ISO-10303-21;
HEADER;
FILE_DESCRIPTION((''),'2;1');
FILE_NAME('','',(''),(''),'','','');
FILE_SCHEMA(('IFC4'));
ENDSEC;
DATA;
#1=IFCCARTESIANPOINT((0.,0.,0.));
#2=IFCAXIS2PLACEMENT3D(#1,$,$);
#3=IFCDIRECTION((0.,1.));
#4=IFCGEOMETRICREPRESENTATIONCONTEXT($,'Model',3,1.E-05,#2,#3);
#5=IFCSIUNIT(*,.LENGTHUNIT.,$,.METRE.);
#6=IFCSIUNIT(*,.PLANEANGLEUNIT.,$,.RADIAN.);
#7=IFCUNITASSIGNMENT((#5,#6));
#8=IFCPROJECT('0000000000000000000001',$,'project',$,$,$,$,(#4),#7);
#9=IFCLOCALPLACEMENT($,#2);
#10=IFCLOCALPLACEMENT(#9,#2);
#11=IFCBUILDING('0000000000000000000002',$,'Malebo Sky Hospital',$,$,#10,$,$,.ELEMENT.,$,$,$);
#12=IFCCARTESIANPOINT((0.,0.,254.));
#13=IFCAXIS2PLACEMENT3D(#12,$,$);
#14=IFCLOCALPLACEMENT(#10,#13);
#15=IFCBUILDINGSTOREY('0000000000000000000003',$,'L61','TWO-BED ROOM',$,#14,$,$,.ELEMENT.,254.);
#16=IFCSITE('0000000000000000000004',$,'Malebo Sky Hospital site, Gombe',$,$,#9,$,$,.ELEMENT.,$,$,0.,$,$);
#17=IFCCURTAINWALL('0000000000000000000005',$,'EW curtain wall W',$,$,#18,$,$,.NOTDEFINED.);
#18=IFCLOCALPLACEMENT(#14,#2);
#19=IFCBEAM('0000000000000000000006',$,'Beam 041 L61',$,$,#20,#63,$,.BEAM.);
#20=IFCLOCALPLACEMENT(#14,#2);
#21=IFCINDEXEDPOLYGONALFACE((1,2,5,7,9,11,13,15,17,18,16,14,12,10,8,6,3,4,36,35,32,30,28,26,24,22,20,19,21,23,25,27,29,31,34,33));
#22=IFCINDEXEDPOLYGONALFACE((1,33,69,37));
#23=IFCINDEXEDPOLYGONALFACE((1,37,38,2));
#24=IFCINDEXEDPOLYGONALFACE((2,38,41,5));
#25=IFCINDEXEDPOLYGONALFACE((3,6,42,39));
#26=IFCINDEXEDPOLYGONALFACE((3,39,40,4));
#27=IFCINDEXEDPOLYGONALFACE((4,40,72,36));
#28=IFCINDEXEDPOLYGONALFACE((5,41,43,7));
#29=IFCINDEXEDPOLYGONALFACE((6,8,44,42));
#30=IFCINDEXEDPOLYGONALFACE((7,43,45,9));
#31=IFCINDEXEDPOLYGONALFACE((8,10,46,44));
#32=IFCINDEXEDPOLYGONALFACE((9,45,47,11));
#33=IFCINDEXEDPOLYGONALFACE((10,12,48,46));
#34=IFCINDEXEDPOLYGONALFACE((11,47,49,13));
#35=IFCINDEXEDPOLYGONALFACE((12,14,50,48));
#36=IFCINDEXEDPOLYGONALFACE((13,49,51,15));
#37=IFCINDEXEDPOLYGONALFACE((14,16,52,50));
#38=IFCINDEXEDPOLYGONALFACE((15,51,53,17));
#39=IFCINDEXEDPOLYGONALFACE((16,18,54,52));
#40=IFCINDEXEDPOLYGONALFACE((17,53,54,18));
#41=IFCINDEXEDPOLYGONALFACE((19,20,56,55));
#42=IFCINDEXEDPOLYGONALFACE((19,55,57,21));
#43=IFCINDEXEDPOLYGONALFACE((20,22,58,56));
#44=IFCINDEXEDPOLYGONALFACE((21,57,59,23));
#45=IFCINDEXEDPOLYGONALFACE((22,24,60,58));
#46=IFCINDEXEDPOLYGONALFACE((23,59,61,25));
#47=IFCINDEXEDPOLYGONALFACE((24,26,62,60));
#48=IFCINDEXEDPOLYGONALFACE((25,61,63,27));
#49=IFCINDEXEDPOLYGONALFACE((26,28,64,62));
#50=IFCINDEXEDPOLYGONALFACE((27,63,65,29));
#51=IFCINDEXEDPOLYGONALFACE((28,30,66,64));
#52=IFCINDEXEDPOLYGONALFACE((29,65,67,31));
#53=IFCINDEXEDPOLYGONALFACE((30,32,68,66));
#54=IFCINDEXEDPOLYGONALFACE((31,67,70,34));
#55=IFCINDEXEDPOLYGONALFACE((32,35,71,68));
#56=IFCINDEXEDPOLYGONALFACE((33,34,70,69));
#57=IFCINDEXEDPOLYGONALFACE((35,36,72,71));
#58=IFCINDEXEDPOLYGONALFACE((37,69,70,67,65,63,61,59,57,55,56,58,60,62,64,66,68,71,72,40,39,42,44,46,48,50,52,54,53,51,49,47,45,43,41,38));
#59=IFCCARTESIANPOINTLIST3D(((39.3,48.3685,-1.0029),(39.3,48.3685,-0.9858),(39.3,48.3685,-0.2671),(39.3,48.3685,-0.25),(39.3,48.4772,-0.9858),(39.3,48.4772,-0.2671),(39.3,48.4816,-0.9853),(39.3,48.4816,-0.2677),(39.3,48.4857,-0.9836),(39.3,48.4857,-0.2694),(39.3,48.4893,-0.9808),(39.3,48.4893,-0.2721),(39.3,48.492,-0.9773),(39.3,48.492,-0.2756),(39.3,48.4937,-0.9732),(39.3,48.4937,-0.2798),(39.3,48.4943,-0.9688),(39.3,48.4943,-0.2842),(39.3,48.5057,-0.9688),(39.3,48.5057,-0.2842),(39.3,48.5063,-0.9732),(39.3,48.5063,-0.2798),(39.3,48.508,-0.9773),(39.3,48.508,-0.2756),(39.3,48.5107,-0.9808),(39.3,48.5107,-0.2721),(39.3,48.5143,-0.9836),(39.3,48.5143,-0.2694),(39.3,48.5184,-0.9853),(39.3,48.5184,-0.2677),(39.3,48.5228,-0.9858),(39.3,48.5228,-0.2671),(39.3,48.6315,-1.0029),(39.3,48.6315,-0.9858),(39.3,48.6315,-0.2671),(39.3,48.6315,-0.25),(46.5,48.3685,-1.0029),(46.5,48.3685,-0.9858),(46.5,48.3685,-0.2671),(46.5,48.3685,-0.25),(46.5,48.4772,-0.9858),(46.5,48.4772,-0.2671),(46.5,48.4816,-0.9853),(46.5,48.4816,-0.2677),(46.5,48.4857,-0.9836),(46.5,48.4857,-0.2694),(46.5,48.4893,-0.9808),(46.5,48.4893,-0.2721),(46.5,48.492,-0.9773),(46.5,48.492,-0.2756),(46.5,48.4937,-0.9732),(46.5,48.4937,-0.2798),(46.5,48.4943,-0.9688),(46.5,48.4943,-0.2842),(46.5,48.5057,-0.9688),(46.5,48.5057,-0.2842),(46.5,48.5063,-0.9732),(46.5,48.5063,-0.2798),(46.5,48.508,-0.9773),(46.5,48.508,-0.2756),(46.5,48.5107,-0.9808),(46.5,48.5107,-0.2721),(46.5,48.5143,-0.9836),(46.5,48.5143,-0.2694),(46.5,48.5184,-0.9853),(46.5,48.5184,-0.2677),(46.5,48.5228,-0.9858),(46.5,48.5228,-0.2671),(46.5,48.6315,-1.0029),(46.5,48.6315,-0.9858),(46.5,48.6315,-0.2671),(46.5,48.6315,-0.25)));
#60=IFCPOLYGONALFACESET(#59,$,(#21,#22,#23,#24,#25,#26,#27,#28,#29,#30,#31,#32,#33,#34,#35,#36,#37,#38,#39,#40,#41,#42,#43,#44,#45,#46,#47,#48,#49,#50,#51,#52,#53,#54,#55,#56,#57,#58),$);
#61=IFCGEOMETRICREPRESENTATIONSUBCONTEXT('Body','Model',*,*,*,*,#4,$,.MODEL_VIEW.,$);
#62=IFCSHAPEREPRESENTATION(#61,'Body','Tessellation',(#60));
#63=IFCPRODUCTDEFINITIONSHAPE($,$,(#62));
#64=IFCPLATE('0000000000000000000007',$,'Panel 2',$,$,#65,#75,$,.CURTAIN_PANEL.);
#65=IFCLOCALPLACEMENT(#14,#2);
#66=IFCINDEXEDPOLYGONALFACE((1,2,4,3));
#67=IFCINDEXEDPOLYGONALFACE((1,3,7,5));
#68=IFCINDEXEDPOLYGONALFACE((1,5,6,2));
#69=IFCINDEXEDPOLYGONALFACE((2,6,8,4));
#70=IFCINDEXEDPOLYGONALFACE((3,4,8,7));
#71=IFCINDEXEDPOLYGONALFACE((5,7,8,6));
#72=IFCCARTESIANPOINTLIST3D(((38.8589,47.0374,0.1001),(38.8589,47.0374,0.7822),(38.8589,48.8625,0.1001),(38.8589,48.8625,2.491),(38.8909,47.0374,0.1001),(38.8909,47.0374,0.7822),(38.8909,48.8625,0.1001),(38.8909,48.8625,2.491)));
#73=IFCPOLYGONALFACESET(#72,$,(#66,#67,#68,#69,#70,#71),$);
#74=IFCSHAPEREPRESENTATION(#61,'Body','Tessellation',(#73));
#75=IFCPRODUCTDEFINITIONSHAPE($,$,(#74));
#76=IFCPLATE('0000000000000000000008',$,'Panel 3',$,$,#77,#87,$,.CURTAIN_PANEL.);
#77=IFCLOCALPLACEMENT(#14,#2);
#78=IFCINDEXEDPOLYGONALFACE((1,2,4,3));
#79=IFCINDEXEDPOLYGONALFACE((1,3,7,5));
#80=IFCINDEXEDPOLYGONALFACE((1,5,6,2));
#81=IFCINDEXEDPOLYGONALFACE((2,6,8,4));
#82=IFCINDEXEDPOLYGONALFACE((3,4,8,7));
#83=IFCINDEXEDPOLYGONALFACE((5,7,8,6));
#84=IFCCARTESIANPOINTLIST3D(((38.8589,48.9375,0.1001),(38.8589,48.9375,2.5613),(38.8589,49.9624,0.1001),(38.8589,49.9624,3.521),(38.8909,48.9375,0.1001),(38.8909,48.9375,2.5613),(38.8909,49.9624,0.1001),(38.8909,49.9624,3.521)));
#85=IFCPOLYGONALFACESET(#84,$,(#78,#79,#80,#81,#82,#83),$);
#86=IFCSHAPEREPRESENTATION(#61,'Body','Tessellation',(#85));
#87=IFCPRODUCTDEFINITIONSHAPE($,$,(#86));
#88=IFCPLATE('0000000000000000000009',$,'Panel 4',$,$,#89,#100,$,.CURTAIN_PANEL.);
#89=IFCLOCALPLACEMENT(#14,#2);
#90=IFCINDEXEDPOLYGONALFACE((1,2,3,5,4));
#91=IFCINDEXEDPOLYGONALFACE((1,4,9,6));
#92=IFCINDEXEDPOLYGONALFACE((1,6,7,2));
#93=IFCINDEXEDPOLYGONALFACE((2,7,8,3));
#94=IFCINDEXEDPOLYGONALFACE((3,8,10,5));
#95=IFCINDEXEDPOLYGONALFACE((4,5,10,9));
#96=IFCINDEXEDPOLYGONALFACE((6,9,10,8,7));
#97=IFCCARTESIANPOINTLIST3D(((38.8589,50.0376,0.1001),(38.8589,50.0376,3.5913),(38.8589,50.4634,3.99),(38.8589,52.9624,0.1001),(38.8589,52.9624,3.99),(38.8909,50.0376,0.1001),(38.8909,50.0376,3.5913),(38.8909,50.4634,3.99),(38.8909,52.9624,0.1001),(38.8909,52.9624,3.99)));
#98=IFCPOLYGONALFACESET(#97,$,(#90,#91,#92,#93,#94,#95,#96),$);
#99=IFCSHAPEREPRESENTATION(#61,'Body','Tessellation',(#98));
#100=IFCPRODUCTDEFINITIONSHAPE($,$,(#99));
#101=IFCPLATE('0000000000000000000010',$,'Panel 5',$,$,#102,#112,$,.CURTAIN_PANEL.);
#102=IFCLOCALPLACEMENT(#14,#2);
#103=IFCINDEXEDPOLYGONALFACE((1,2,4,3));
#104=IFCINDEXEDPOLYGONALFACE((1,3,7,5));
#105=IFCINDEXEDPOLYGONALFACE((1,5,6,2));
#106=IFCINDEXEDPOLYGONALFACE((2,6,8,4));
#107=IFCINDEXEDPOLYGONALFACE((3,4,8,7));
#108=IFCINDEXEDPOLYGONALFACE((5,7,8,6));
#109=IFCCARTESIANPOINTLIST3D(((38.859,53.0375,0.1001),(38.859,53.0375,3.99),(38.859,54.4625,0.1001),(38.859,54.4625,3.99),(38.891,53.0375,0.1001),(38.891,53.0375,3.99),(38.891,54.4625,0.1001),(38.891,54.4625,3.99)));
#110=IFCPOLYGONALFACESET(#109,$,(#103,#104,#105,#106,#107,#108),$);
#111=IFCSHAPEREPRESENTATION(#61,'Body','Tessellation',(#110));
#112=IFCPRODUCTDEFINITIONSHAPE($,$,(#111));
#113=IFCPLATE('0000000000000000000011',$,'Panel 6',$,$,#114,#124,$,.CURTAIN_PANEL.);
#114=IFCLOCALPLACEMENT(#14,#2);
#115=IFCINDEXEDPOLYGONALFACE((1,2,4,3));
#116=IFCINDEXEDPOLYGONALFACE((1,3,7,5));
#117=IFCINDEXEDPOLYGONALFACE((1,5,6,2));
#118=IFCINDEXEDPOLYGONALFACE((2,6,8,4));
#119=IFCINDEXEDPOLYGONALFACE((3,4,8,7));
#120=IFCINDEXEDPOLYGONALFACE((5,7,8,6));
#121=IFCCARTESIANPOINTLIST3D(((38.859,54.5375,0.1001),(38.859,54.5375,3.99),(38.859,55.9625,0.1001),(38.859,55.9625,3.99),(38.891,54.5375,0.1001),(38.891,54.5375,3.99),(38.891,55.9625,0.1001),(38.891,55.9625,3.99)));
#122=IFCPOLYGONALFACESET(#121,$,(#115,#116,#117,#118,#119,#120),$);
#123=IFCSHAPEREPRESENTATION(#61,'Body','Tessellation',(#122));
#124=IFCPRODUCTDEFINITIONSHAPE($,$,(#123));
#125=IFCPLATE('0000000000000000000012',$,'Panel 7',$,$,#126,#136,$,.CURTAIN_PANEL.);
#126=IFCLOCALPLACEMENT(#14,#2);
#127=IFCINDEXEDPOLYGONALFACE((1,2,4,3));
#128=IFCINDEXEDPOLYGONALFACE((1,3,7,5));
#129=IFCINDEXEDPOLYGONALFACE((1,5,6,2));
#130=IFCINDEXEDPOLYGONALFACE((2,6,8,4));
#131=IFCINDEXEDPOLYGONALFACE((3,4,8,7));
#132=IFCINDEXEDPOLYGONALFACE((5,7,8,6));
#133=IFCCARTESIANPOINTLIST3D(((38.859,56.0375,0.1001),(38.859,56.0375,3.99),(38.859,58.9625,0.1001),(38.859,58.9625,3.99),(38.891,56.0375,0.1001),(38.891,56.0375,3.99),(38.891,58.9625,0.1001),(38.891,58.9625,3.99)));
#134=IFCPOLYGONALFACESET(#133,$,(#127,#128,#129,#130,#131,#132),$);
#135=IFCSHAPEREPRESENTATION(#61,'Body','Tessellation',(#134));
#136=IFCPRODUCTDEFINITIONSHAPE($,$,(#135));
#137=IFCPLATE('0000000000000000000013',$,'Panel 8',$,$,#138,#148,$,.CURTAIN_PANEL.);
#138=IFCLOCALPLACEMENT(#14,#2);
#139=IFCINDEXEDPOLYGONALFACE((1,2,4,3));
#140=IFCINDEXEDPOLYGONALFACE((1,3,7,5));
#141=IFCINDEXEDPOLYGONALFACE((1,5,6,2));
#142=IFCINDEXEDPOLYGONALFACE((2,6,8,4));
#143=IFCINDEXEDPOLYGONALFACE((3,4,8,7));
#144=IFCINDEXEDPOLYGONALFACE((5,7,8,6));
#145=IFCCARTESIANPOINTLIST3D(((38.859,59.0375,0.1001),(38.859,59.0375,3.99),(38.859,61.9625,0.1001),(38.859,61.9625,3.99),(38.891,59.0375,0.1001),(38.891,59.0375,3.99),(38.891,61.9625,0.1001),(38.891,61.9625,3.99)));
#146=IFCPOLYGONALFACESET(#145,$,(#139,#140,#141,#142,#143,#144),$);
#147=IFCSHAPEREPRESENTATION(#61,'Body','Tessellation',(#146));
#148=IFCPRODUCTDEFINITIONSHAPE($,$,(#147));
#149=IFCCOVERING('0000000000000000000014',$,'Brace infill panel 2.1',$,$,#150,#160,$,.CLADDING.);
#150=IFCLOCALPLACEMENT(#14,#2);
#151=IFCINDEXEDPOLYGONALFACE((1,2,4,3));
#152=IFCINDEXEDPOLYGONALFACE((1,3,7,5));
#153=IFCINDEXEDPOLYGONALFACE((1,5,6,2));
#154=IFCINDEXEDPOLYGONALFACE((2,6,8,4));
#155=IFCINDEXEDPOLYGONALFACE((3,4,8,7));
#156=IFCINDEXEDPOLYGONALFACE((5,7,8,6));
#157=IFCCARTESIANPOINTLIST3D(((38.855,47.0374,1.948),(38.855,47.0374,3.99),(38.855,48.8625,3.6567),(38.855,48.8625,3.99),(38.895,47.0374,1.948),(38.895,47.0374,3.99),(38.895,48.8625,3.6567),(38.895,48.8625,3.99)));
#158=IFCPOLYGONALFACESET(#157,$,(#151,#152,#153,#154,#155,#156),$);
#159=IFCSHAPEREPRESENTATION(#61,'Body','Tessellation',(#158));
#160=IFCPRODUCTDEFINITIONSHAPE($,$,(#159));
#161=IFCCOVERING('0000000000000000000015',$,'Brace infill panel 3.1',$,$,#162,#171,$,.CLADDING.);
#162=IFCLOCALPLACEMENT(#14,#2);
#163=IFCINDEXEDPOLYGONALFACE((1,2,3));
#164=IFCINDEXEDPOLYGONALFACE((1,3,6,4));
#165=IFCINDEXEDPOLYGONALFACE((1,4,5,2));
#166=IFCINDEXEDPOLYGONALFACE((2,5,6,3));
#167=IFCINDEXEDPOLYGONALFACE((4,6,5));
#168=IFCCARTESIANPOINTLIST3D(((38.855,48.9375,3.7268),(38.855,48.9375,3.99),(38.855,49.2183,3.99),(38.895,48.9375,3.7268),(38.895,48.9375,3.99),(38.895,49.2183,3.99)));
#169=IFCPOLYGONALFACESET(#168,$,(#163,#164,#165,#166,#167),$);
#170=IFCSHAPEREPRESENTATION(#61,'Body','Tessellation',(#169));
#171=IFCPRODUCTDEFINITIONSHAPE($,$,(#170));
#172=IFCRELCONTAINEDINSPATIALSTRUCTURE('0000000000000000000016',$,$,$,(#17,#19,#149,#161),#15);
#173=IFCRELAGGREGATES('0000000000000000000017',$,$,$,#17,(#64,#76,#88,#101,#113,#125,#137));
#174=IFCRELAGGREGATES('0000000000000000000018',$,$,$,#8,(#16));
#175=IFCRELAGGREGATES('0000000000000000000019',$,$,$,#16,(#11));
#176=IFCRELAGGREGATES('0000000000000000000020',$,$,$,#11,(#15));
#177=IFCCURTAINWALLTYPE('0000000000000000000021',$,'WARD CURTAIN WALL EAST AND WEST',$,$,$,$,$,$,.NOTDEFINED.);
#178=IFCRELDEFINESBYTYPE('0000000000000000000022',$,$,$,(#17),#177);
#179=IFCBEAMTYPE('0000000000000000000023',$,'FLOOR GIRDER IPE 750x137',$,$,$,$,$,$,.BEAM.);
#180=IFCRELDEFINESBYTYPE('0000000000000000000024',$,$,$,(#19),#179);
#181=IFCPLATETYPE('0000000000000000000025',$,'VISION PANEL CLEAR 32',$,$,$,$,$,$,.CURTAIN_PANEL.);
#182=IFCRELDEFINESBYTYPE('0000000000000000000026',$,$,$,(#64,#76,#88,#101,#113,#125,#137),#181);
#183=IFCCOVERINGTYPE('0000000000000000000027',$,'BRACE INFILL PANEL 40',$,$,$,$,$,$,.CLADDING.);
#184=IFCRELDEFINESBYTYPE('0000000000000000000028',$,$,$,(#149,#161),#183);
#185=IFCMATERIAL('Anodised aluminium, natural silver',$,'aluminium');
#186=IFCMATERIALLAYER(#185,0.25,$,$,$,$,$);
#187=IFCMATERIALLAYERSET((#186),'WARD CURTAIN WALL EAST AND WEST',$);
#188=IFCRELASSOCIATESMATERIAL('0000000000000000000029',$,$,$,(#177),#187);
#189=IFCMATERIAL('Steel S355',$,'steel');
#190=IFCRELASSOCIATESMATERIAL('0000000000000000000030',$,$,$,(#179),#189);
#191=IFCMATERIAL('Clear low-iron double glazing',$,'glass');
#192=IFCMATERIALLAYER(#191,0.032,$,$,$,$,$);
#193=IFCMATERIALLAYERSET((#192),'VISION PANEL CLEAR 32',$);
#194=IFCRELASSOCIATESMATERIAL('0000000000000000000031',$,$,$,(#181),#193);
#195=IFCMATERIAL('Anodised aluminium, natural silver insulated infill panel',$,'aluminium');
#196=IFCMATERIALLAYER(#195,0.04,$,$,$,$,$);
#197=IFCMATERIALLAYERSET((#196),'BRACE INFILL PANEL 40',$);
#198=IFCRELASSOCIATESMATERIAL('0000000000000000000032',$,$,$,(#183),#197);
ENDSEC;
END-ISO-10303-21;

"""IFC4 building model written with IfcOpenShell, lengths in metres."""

from ifc_helpers import new_model, si_unit, direction, frame, origin, origin_2d, place, context, subcontext, project, spatial, polyline, rectangle, i_section, outline, extrude, material, layer, layer_set, material_profile, profile_set, type_object, element, aggregate, save


model = new_model("IFC4")

# Units and contexts
model_context = context("Model", 3, precision=1e-05, world=origin(), true_north=direction((0.0, 1.0)))
body_context = subcontext(model_context, "Body", "Model", "MODEL_VIEW")
ifc_project = project(units=[si_unit("LENGTHUNIT", "METRE"), si_unit("PLANEANGLEUNIT", "RADIAN")], contexts=[model_context])

# Site, building, storey
site_placement = place(None, origin())
site = spatial("IfcSite", under=ifc_project, at=site_placement, Name="Malebo Sky Hospital site, Gombe", CompositionType="ELEMENT", RefElevation=0.0)
building_placement = place(site_placement, origin())
building = spatial("IfcBuilding", under=site, at=building_placement, Name="Malebo Sky Hospital", CompositionType="ELEMENT")
storey_placement = place(building_placement, frame((0.0, 0.0, 254.0)))
storey = spatial("IfcBuildingStorey", under=building, at=storey_placement, Name="L61", Description="TWO-BED ROOM", CompositionType="ELEMENT", Elevation=254.0)

# Curtain wall
ifc_material_1 = material(Name="Anodised aluminium, natural silver", Category="aluminium")
ifc_layer_1 = layer(ifc_material_1, 0.25)
ifc_layer_set_1 = layer_set([ifc_layer_1], Name="WARD CURTAIN WALL EAST AND WEST")
curtain_wall_type = type_object("IfcCurtainWallType", Name="WARD CURTAIN WALL EAST AND WEST", PredefinedType="NOTDEFINED", material=ifc_layer_set_1)
curtain_wall_placement = place(storey_placement, origin())
curtain_wall = element("IfcCurtainWall", 1, at=curtain_wall_placement, inside=storey, type_object=curtain_wall_type, Name="EW curtain wall W", PredefinedType="NOTDEFINED")

# Beam
ifc_material_2 = material(Name="Steel S355", Category="steel")
ifc_material_profile_1 = material_profile(ifc_material_2, i_section(OverallWidth=0.2629, OverallDepth=0.7529, WebThickness=0.0115, FlangeThickness=0.0171, FilletRadius=0.0171, at=origin_2d()), Name="IPE 750x137")
ifc_profile_set_1 = profile_set([ifc_material_profile_1], Name="Steel S355")
beam_type_1 = type_object("IfcBeamType", Name="FLOOR GIRDER IPE 750x137", PredefinedType="BEAM", material=ifc_profile_set_1)
beam_1_placement = place(storey_placement, frame((39.3, 48.5, -0.6265), z_axis=(1.0, 0.0, 0.0), x_axis=(0.0, 1.0, 0.0)))
element("IfcBeam", 2, at=beam_1_placement, inside=storey, type_object=beam_type_1, Name="Beam 041 L61", PredefinedType="BEAM", context=body_context, shape_type="SweptSolid", body=[
    extrude(i_section(OverallWidth=0.2629, OverallDepth=0.7529, WebThickness=0.0115, FlangeThickness=0.0171, FilletRadius=0.0171, at=origin_2d()), origin(), (0.0, 0.0, 1.0), 7.2),
])

# Plates
ifc_material_3 = material(Name="Clear low-iron double glazing", Category="glass")
ifc_layer_2 = layer(ifc_material_3, 0.032)
ifc_layer_set_2 = layer_set([ifc_layer_2], Name="VISION PANEL CLEAR 32")
plate_type = type_object("IfcPlateType", Name="VISION PANEL CLEAR 32", PredefinedType="CURTAIN_PANEL", material=ifc_layer_set_2)
plate_1_placement = place(storey_placement, frame((38.875, 47.95, 0.1001), z_axis=(0.0, 0.0, 1.0), x_axis=(0.0, 1.0, 0.0)))
plate_1 = element("IfcPlate", 3, at=plate_1_placement, type_object=plate_type, Name="Panel 2", PredefinedType="CURTAIN_PANEL", context=body_context, shape_type="SweptSolid", body=[
    extrude(outline(polyline([(-0.9126, 0.0), (0.9126, 0.0), (0.9126, 2.3909), (-0.9126, 0.6821), (-0.9126, 0.0)])), frame((0.0, 0.0161, 0.0), z_axis=(0.0, -1.0, 0.0), x_axis=(1.0, 0.0, 0.0)), (0.0, 0.0, 1.0), 0.032),
])
plate_2_placement = place(storey_placement, frame((38.875, 49.45, 0.1001), z_axis=(0.0, 0.0, 1.0), x_axis=(0.0, 1.0, 0.0)))
plate_2 = element("IfcPlate", 4, at=plate_2_placement, type_object=plate_type, Name="Panel 3", PredefinedType="CURTAIN_PANEL", context=body_context, shape_type="SweptSolid", body=[
    extrude(outline(polyline([(-0.5125, 0.0), (0.5125, 0.0), (0.5125, 3.4209), (-0.5125, 2.4612), (-0.5125, 0.0)])), frame((0.0, 0.0161, 0.0), z_axis=(0.0, -1.0, 0.0), x_axis=(1.0, 0.0, 0.0)), (0.0, 0.0, 1.0), 0.032),
])
plate_3_placement = place(storey_placement, frame((38.875, 51.5, 0.1001), z_axis=(0.0, 0.0, 1.0), x_axis=(0.0, 1.0, 0.0)))
plate_3 = element("IfcPlate", 5, at=plate_3_placement, type_object=plate_type, Name="Panel 4", PredefinedType="CURTAIN_PANEL", context=body_context, shape_type="SweptSolid", body=[
    extrude(outline(polyline([(-1.4624, 0.0), (1.4624, 0.0), (1.4624, 3.8899), (-1.0366, 3.8899), (-1.4624, 3.4912), (-1.4624, 0.0)])), frame((0.0, 0.0161, 0.0), z_axis=(0.0, -1.0, 0.0), x_axis=(1.0, 0.0, 0.0)), (0.0, 0.0, 1.0), 0.032),
])
plate_4_placement = place(storey_placement, frame((38.875, 53.75, 0.1001), z_axis=(0.0, 0.0, 1.0), x_axis=(0.0, 1.0, 0.0)))
plate_4 = element("IfcPlate", 6, at=plate_4_placement, type_object=plate_type, Name="Panel 5", PredefinedType="CURTAIN_PANEL", context=body_context, shape_type="SweptSolid", body=[
    extrude(rectangle(XDim=1.425, YDim=0.032, at=origin_2d()), origin(), (0.0, 0.0, 1.0), 3.8899),
])
plate_5_placement = place(storey_placement, frame((38.875, 55.25, 0.1001), z_axis=(0.0, 0.0, 1.0), x_axis=(0.0, 1.0, 0.0)))
plate_5 = element("IfcPlate", 7, at=plate_5_placement, type_object=plate_type, Name="Panel 6", PredefinedType="CURTAIN_PANEL", context=body_context, shape_type="SweptSolid", body=[
    extrude(rectangle(XDim=1.425, YDim=0.032, at=origin_2d()), origin(), (0.0, 0.0, 1.0), 3.8899),
])
plate_6_placement = place(storey_placement, frame((38.875, 57.5, 0.1001), z_axis=(0.0, 0.0, 1.0), x_axis=(0.0, 1.0, 0.0)))
plate_6 = element("IfcPlate", 8, at=plate_6_placement, type_object=plate_type, Name="Panel 7", PredefinedType="CURTAIN_PANEL", context=body_context, shape_type="SweptSolid", body=[
    extrude(rectangle(XDim=2.925, YDim=0.032, at=origin_2d()), origin(), (0.0, 0.0, 1.0), 3.8899),
])
plate_7_placement = place(storey_placement, frame((38.875, 60.5, 0.1001), z_axis=(0.0, 0.0, 1.0), x_axis=(0.0, 1.0, 0.0)))
plate_7 = element("IfcPlate", 9, at=plate_7_placement, type_object=plate_type, Name="Panel 8", PredefinedType="CURTAIN_PANEL", context=body_context, shape_type="SweptSolid", body=[
    extrude(rectangle(XDim=2.925, YDim=0.032, at=origin_2d()), origin(), (0.0, 0.0, 1.0), 3.8899),
])
aggregate(curtain_wall, [plate_1, plate_2, plate_3, plate_4, plate_5, plate_6, plate_7])

# Coverings
ifc_material_4 = material(Name="Anodised aluminium, natural silver insulated infill panel", Category="aluminium")
ifc_layer_3 = layer(ifc_material_4, 0.04)
ifc_layer_set_3 = layer_set([ifc_layer_3], Name="BRACE INFILL PANEL 40")
covering_type = type_object("IfcCoveringType", Name="BRACE INFILL PANEL 40", PredefinedType="CLADDING", material=ifc_layer_set_3)
covering_1_placement = place(storey_placement, frame((38.875, 47.95, 1.948), z_axis=(0.0, 0.0, 1.0), x_axis=(0.0, 1.0, 0.0)))
element("IfcCovering", 10, at=covering_1_placement, inside=storey, type_object=covering_type, Name="Brace infill panel 2.1", PredefinedType="CLADDING", context=body_context, shape_type="SweptSolid", body=[
    extrude(outline(polyline([(-0.9126, 0.0), (0.9126, 1.7087), (0.9126, 2.042), (-0.9126, 2.042), (-0.9126, 0.0)])), frame((0.0, 0.02, 0.0), z_axis=(0.0, -1.0, 0.0), x_axis=(1.0, 0.0, 0.0)), (0.0, 0.0, 1.0), 0.04),
])
covering_2_placement = place(storey_placement, frame((38.875, 49.0779, 3.7268), z_axis=(0.0, 0.0, 1.0), x_axis=(0.0, 1.0, 0.0)))
element("IfcCovering", 11, at=covering_2_placement, inside=storey, type_object=covering_type, Name="Brace infill panel 3.1", PredefinedType="CLADDING", context=body_context, shape_type="SweptSolid", body=[
    extrude(outline(polyline([(-0.1404, 0.0), (0.1404, 0.2632), (-0.1404, 0.2632), (-0.1404, 0.0)])), frame((0.0, 0.02, 0.0), z_axis=(0.0, -1.0, 0.0), x_axis=(1.0, 0.0, 0.0)), (0.0, 0.0, 1.0), 0.04),
])

save(model, "model.ifc")
